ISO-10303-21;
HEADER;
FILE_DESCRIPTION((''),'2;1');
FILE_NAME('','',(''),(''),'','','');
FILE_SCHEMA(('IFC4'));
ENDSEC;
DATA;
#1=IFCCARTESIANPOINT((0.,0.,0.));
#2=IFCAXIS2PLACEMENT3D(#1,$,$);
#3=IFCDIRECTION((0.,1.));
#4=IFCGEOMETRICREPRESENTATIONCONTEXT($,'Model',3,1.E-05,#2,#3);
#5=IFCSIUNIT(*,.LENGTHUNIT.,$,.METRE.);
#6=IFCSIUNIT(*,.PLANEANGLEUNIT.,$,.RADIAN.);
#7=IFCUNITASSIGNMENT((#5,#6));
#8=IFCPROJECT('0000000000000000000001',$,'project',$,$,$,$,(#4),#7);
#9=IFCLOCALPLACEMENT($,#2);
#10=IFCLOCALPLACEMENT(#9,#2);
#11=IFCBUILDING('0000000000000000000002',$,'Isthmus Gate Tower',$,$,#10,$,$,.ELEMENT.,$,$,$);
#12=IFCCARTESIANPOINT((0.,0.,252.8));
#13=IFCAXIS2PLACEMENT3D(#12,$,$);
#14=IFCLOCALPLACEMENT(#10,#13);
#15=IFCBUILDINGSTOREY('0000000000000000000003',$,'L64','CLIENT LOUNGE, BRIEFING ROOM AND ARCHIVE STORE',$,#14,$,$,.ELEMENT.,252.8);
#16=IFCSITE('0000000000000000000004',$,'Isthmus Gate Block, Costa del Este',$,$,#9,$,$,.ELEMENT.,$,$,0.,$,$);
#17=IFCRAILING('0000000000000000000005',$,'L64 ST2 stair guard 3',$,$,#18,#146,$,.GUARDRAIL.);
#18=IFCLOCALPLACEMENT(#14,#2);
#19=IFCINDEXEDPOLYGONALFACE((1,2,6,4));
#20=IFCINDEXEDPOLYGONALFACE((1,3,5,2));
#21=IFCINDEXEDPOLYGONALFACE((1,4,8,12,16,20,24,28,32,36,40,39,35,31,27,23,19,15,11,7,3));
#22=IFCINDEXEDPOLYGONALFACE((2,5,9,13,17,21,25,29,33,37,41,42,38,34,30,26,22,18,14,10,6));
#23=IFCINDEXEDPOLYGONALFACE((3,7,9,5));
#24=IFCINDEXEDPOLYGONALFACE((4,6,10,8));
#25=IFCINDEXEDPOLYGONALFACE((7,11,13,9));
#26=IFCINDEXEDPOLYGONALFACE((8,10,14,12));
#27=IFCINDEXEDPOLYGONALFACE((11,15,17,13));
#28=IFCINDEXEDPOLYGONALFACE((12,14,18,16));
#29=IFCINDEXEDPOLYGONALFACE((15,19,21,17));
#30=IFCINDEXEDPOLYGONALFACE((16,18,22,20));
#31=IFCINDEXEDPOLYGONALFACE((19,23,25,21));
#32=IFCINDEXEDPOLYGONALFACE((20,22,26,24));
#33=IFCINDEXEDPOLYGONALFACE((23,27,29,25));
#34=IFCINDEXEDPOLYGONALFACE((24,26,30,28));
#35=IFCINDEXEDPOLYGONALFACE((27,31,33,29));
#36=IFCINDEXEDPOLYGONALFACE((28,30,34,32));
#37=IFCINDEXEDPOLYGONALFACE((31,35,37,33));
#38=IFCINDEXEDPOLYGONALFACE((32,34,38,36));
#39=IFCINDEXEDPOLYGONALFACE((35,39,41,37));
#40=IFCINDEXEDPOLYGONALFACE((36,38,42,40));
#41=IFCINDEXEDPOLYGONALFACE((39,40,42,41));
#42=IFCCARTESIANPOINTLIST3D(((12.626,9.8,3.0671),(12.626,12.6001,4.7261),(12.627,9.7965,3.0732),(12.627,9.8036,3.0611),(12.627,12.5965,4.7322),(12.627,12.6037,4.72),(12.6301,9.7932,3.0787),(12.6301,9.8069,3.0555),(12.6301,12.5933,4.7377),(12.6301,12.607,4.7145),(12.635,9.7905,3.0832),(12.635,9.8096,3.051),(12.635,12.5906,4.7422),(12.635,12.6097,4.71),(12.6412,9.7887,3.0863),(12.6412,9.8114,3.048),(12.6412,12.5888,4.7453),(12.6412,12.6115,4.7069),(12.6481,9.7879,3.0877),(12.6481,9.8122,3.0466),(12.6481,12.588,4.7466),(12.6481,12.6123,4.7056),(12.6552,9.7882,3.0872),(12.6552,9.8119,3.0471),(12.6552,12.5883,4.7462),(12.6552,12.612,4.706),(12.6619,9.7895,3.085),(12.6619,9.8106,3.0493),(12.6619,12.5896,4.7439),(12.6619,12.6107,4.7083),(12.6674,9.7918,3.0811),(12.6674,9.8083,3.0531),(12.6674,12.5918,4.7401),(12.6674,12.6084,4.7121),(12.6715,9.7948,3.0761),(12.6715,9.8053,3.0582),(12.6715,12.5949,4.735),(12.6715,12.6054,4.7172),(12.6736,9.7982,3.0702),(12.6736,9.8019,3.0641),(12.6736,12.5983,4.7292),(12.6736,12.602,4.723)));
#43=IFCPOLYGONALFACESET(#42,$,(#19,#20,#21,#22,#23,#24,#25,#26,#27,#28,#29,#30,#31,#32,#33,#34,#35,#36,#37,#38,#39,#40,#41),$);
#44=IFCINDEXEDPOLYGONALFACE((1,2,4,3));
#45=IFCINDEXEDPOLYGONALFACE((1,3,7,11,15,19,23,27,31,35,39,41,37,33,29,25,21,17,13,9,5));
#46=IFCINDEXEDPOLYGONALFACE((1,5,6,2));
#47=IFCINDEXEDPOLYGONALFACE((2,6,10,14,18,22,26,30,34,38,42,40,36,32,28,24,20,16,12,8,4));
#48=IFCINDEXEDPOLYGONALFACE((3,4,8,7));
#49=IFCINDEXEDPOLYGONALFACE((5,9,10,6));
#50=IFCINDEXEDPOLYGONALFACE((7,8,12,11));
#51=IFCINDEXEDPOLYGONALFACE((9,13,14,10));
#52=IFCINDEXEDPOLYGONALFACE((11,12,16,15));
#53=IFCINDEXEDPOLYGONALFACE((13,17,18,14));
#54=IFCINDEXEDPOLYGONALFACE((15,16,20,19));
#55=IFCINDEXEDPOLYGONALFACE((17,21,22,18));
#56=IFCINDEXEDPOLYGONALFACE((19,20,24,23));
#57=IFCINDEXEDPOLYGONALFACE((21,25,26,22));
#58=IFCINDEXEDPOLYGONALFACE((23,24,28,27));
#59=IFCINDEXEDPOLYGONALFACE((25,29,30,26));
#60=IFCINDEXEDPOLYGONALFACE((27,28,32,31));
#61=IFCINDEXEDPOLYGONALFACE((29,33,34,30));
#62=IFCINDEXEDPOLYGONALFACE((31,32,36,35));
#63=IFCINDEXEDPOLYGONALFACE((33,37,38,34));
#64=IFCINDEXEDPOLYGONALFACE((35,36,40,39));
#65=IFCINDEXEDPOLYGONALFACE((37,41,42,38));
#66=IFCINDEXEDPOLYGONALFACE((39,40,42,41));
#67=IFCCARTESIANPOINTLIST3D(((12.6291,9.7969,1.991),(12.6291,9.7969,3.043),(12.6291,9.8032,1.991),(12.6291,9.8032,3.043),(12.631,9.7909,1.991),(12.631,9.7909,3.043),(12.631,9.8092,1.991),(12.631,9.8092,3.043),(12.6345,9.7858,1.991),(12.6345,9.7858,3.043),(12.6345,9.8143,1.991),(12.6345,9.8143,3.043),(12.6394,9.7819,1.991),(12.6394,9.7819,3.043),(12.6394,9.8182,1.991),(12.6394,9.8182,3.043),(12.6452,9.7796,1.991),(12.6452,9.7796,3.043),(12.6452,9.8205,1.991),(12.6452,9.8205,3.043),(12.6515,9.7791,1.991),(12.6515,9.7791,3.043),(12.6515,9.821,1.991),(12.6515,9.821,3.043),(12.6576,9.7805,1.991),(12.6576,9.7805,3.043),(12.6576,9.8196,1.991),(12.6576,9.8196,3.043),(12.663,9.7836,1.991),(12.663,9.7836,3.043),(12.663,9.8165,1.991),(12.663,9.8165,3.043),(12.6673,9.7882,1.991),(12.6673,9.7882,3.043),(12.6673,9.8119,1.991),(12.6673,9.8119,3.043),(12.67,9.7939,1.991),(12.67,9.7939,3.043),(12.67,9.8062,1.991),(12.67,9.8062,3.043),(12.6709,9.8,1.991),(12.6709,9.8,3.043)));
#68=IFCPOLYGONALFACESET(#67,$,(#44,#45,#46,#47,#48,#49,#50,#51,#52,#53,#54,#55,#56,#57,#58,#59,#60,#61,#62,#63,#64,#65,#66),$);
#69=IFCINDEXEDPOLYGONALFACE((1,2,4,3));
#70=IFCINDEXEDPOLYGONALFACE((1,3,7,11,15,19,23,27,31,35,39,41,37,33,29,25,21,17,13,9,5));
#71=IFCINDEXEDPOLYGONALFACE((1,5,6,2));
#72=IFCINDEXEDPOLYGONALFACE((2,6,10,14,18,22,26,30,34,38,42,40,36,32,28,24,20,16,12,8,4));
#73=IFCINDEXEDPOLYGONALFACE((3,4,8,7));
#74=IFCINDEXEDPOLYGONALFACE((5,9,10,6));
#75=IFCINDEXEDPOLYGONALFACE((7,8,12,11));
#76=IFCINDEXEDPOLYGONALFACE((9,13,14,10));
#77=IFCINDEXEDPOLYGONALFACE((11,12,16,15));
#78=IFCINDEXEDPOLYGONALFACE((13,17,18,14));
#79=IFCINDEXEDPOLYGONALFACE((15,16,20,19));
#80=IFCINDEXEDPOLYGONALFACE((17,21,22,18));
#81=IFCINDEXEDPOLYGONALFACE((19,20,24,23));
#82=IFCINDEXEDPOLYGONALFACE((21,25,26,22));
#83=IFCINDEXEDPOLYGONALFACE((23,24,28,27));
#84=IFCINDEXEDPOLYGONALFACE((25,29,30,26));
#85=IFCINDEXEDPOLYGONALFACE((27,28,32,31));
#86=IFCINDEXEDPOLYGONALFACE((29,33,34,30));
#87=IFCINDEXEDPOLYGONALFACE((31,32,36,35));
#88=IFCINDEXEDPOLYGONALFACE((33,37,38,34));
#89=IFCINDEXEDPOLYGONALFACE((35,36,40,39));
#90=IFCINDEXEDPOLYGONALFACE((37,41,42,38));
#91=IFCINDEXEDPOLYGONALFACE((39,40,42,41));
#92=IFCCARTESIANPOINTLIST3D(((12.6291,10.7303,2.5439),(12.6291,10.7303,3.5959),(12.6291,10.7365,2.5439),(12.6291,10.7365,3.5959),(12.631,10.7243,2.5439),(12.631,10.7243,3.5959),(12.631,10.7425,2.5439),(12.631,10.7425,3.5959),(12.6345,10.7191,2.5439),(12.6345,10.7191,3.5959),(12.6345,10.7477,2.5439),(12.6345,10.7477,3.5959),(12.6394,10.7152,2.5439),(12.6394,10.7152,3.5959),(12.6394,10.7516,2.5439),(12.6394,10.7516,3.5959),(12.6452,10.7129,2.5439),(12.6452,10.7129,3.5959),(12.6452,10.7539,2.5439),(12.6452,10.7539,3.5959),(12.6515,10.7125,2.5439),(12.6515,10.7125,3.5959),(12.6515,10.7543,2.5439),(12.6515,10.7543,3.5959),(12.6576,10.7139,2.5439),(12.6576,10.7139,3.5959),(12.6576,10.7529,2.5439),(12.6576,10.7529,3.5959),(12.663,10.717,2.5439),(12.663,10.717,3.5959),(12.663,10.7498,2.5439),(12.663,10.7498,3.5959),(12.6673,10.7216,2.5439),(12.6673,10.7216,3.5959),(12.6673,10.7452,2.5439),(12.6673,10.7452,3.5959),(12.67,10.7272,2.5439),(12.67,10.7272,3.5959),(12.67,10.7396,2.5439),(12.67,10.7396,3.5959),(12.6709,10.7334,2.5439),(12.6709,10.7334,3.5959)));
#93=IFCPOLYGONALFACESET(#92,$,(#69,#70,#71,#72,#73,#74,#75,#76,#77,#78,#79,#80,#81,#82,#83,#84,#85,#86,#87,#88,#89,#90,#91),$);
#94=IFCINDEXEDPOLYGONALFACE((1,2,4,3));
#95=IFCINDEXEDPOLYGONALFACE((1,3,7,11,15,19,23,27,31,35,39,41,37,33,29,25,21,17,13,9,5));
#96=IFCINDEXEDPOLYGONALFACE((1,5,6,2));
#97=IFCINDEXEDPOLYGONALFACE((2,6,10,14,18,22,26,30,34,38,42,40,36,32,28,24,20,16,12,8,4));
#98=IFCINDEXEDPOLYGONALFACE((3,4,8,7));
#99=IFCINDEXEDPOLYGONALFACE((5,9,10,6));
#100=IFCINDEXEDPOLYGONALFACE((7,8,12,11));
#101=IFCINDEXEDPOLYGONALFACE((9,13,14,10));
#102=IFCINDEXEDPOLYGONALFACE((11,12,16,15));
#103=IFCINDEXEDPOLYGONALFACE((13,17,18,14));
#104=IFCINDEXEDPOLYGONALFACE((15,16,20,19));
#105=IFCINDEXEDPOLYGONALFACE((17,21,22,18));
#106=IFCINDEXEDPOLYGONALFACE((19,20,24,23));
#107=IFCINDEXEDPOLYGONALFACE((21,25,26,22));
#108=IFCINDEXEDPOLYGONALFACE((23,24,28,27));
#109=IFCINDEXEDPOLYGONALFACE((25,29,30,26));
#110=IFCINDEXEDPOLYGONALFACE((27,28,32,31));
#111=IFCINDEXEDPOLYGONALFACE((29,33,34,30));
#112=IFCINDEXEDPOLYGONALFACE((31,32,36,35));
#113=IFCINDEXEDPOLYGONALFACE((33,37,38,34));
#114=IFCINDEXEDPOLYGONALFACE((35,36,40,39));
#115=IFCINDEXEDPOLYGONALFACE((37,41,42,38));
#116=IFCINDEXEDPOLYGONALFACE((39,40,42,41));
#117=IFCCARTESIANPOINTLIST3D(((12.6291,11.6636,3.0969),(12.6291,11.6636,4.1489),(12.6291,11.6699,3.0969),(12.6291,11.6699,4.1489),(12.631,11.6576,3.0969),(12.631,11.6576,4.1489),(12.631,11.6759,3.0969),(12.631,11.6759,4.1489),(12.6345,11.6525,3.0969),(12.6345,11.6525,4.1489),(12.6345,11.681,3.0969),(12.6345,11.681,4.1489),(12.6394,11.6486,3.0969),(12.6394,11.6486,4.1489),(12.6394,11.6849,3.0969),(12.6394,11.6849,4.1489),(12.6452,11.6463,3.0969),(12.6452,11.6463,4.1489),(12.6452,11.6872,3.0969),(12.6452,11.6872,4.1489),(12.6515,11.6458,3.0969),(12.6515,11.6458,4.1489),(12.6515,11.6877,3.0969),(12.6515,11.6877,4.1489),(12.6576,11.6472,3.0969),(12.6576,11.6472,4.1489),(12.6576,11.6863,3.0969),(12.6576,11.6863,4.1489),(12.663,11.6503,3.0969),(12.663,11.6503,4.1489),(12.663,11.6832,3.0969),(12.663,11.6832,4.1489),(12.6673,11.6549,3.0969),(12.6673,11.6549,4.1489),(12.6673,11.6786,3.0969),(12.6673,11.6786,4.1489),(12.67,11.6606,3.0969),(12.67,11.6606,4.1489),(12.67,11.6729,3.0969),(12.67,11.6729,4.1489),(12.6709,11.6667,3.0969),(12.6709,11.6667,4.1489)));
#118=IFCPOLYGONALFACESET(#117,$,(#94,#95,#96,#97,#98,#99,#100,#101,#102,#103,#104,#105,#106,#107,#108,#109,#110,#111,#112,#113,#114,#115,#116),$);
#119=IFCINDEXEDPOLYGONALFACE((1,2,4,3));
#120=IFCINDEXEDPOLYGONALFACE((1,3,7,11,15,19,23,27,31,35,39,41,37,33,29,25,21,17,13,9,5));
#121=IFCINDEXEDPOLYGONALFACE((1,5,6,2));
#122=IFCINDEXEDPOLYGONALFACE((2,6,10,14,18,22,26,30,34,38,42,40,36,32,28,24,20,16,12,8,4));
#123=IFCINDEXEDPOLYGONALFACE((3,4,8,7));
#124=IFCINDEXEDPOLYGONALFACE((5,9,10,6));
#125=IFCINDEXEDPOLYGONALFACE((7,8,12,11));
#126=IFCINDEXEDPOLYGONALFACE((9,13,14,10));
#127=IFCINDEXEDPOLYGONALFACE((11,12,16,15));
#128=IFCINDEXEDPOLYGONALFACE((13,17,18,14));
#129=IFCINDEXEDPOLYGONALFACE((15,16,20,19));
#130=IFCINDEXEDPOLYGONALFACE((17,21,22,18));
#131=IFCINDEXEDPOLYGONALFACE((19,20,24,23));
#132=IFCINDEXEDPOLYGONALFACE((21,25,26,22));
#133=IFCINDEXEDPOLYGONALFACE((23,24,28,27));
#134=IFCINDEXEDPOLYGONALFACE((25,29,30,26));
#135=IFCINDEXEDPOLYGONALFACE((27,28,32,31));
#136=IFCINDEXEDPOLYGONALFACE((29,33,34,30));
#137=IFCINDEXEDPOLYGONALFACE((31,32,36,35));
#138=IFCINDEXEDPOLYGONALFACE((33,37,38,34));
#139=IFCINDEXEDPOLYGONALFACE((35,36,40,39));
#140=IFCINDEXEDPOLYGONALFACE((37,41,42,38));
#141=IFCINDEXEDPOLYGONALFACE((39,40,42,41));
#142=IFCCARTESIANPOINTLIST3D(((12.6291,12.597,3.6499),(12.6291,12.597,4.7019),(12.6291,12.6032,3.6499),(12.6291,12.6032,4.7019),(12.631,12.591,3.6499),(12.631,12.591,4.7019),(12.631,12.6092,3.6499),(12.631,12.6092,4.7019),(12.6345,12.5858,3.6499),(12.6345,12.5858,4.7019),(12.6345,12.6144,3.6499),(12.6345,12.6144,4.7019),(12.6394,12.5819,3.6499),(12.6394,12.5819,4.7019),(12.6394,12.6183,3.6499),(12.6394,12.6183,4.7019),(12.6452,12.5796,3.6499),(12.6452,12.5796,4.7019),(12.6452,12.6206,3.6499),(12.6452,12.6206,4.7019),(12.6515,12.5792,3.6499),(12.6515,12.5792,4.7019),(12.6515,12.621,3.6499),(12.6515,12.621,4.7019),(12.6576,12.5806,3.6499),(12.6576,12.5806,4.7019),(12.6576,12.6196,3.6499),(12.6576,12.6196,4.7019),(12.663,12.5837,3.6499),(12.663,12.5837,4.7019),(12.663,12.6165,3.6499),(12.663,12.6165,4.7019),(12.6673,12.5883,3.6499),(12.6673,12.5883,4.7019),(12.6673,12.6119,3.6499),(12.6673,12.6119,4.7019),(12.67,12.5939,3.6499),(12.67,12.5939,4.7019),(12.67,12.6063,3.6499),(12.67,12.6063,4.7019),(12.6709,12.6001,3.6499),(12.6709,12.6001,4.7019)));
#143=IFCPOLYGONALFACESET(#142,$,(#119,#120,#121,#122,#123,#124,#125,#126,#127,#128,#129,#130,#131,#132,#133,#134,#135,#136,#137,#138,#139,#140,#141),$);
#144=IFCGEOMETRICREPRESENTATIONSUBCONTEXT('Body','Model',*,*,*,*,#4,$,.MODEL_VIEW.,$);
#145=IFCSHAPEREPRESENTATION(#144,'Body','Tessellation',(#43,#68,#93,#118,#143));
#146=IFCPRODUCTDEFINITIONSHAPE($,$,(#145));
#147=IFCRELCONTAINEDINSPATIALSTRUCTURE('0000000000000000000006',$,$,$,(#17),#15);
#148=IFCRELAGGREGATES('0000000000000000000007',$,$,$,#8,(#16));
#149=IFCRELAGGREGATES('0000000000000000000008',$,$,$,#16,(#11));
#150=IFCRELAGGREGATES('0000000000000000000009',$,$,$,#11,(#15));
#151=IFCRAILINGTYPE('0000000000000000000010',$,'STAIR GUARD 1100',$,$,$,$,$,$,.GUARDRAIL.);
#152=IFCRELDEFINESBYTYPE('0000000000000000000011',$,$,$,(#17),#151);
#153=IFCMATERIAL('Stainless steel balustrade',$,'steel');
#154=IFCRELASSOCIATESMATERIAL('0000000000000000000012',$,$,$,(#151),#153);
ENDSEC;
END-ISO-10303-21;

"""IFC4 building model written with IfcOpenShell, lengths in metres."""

from ifc_helpers import new_model, si_unit, direction, frame, origin, origin_2d, place, context, subcontext, project, spatial, circle, extrude, material, type_object, element, save


model = new_model("IFC4")

# Units and contexts
model_context = context("Model", 3, precision=1e-05, world=origin(), true_north=direction((0.0, 1.0)))
body_context = subcontext(model_context, "Body", "Model", "MODEL_VIEW")
ifc_project = project(units=[si_unit("LENGTHUNIT", "METRE"), si_unit("PLANEANGLEUNIT", "RADIAN")], contexts=[model_context])

# Site, building, storey
site_placement = place(None, origin())
site = spatial("IfcSite", under=ifc_project, at=site_placement, Name="Isthmus Gate Block, Costa del Este", CompositionType="ELEMENT", RefElevation=0.0)
building_placement = place(site_placement, origin())
building = spatial("IfcBuilding", under=site, at=building_placement, Name="Isthmus Gate Tower", CompositionType="ELEMENT")
storey_placement = place(building_placement, frame((0.0, 0.0, 252.8)))
storey = spatial("IfcBuildingStorey", under=building, at=storey_placement, Name="L64", Description="CLIENT LOUNGE, BRIEFING ROOM AND ARCHIVE STORE", CompositionType="ELEMENT", Elevation=252.8)

# Railing
ifc_material_1 = material(Name="Stainless steel balustrade", Category="steel")
railing_type_1 = type_object("IfcRailingType", Name="STAIR GUARD 1100", PredefinedType="GUARDRAIL", material=ifc_material_1)
railing_1_placement = place(storey_placement, frame((12.6499, 9.8, 1.991)))
element("IfcRailing", 1, at=railing_1_placement, inside=storey, type_object=railing_type_1, Name="L64 ST2 stair guard 3", PredefinedType="GUARDRAIL", context=body_context, shape_type="SweptSolid", body=[
    extrude(circle(Radius=0.0239, at=origin_2d()), frame((0.0, 0.0, 1.0762), z_axis=(0.0, 0.860339, 0.509722), x_axis=(-1.0, 0.0, 0.0)), (0.0, 0.0, 1.0), 3.2546),
    extrude(circle(Radius=0.021, at=origin_2d()), origin(), (0.0, 0.0, 1.0), 1.052),
    extrude(circle(Radius=0.021, at=origin_2d()), frame((0.0, 0.9333, 0.553)), (0.0, 0.0, 1.0), 1.052),
    extrude(circle(Radius=0.021, at=origin_2d()), frame((0.0, 1.8667, 1.106)), (0.0, 0.0, 1.0), 1.052),
    extrude(circle(Radius=0.021, at=origin_2d()), frame((0.0, 2.8, 1.6589)), (0.0, 0.0, 1.0), 1.052),
])

save(model, "model.ifc")
